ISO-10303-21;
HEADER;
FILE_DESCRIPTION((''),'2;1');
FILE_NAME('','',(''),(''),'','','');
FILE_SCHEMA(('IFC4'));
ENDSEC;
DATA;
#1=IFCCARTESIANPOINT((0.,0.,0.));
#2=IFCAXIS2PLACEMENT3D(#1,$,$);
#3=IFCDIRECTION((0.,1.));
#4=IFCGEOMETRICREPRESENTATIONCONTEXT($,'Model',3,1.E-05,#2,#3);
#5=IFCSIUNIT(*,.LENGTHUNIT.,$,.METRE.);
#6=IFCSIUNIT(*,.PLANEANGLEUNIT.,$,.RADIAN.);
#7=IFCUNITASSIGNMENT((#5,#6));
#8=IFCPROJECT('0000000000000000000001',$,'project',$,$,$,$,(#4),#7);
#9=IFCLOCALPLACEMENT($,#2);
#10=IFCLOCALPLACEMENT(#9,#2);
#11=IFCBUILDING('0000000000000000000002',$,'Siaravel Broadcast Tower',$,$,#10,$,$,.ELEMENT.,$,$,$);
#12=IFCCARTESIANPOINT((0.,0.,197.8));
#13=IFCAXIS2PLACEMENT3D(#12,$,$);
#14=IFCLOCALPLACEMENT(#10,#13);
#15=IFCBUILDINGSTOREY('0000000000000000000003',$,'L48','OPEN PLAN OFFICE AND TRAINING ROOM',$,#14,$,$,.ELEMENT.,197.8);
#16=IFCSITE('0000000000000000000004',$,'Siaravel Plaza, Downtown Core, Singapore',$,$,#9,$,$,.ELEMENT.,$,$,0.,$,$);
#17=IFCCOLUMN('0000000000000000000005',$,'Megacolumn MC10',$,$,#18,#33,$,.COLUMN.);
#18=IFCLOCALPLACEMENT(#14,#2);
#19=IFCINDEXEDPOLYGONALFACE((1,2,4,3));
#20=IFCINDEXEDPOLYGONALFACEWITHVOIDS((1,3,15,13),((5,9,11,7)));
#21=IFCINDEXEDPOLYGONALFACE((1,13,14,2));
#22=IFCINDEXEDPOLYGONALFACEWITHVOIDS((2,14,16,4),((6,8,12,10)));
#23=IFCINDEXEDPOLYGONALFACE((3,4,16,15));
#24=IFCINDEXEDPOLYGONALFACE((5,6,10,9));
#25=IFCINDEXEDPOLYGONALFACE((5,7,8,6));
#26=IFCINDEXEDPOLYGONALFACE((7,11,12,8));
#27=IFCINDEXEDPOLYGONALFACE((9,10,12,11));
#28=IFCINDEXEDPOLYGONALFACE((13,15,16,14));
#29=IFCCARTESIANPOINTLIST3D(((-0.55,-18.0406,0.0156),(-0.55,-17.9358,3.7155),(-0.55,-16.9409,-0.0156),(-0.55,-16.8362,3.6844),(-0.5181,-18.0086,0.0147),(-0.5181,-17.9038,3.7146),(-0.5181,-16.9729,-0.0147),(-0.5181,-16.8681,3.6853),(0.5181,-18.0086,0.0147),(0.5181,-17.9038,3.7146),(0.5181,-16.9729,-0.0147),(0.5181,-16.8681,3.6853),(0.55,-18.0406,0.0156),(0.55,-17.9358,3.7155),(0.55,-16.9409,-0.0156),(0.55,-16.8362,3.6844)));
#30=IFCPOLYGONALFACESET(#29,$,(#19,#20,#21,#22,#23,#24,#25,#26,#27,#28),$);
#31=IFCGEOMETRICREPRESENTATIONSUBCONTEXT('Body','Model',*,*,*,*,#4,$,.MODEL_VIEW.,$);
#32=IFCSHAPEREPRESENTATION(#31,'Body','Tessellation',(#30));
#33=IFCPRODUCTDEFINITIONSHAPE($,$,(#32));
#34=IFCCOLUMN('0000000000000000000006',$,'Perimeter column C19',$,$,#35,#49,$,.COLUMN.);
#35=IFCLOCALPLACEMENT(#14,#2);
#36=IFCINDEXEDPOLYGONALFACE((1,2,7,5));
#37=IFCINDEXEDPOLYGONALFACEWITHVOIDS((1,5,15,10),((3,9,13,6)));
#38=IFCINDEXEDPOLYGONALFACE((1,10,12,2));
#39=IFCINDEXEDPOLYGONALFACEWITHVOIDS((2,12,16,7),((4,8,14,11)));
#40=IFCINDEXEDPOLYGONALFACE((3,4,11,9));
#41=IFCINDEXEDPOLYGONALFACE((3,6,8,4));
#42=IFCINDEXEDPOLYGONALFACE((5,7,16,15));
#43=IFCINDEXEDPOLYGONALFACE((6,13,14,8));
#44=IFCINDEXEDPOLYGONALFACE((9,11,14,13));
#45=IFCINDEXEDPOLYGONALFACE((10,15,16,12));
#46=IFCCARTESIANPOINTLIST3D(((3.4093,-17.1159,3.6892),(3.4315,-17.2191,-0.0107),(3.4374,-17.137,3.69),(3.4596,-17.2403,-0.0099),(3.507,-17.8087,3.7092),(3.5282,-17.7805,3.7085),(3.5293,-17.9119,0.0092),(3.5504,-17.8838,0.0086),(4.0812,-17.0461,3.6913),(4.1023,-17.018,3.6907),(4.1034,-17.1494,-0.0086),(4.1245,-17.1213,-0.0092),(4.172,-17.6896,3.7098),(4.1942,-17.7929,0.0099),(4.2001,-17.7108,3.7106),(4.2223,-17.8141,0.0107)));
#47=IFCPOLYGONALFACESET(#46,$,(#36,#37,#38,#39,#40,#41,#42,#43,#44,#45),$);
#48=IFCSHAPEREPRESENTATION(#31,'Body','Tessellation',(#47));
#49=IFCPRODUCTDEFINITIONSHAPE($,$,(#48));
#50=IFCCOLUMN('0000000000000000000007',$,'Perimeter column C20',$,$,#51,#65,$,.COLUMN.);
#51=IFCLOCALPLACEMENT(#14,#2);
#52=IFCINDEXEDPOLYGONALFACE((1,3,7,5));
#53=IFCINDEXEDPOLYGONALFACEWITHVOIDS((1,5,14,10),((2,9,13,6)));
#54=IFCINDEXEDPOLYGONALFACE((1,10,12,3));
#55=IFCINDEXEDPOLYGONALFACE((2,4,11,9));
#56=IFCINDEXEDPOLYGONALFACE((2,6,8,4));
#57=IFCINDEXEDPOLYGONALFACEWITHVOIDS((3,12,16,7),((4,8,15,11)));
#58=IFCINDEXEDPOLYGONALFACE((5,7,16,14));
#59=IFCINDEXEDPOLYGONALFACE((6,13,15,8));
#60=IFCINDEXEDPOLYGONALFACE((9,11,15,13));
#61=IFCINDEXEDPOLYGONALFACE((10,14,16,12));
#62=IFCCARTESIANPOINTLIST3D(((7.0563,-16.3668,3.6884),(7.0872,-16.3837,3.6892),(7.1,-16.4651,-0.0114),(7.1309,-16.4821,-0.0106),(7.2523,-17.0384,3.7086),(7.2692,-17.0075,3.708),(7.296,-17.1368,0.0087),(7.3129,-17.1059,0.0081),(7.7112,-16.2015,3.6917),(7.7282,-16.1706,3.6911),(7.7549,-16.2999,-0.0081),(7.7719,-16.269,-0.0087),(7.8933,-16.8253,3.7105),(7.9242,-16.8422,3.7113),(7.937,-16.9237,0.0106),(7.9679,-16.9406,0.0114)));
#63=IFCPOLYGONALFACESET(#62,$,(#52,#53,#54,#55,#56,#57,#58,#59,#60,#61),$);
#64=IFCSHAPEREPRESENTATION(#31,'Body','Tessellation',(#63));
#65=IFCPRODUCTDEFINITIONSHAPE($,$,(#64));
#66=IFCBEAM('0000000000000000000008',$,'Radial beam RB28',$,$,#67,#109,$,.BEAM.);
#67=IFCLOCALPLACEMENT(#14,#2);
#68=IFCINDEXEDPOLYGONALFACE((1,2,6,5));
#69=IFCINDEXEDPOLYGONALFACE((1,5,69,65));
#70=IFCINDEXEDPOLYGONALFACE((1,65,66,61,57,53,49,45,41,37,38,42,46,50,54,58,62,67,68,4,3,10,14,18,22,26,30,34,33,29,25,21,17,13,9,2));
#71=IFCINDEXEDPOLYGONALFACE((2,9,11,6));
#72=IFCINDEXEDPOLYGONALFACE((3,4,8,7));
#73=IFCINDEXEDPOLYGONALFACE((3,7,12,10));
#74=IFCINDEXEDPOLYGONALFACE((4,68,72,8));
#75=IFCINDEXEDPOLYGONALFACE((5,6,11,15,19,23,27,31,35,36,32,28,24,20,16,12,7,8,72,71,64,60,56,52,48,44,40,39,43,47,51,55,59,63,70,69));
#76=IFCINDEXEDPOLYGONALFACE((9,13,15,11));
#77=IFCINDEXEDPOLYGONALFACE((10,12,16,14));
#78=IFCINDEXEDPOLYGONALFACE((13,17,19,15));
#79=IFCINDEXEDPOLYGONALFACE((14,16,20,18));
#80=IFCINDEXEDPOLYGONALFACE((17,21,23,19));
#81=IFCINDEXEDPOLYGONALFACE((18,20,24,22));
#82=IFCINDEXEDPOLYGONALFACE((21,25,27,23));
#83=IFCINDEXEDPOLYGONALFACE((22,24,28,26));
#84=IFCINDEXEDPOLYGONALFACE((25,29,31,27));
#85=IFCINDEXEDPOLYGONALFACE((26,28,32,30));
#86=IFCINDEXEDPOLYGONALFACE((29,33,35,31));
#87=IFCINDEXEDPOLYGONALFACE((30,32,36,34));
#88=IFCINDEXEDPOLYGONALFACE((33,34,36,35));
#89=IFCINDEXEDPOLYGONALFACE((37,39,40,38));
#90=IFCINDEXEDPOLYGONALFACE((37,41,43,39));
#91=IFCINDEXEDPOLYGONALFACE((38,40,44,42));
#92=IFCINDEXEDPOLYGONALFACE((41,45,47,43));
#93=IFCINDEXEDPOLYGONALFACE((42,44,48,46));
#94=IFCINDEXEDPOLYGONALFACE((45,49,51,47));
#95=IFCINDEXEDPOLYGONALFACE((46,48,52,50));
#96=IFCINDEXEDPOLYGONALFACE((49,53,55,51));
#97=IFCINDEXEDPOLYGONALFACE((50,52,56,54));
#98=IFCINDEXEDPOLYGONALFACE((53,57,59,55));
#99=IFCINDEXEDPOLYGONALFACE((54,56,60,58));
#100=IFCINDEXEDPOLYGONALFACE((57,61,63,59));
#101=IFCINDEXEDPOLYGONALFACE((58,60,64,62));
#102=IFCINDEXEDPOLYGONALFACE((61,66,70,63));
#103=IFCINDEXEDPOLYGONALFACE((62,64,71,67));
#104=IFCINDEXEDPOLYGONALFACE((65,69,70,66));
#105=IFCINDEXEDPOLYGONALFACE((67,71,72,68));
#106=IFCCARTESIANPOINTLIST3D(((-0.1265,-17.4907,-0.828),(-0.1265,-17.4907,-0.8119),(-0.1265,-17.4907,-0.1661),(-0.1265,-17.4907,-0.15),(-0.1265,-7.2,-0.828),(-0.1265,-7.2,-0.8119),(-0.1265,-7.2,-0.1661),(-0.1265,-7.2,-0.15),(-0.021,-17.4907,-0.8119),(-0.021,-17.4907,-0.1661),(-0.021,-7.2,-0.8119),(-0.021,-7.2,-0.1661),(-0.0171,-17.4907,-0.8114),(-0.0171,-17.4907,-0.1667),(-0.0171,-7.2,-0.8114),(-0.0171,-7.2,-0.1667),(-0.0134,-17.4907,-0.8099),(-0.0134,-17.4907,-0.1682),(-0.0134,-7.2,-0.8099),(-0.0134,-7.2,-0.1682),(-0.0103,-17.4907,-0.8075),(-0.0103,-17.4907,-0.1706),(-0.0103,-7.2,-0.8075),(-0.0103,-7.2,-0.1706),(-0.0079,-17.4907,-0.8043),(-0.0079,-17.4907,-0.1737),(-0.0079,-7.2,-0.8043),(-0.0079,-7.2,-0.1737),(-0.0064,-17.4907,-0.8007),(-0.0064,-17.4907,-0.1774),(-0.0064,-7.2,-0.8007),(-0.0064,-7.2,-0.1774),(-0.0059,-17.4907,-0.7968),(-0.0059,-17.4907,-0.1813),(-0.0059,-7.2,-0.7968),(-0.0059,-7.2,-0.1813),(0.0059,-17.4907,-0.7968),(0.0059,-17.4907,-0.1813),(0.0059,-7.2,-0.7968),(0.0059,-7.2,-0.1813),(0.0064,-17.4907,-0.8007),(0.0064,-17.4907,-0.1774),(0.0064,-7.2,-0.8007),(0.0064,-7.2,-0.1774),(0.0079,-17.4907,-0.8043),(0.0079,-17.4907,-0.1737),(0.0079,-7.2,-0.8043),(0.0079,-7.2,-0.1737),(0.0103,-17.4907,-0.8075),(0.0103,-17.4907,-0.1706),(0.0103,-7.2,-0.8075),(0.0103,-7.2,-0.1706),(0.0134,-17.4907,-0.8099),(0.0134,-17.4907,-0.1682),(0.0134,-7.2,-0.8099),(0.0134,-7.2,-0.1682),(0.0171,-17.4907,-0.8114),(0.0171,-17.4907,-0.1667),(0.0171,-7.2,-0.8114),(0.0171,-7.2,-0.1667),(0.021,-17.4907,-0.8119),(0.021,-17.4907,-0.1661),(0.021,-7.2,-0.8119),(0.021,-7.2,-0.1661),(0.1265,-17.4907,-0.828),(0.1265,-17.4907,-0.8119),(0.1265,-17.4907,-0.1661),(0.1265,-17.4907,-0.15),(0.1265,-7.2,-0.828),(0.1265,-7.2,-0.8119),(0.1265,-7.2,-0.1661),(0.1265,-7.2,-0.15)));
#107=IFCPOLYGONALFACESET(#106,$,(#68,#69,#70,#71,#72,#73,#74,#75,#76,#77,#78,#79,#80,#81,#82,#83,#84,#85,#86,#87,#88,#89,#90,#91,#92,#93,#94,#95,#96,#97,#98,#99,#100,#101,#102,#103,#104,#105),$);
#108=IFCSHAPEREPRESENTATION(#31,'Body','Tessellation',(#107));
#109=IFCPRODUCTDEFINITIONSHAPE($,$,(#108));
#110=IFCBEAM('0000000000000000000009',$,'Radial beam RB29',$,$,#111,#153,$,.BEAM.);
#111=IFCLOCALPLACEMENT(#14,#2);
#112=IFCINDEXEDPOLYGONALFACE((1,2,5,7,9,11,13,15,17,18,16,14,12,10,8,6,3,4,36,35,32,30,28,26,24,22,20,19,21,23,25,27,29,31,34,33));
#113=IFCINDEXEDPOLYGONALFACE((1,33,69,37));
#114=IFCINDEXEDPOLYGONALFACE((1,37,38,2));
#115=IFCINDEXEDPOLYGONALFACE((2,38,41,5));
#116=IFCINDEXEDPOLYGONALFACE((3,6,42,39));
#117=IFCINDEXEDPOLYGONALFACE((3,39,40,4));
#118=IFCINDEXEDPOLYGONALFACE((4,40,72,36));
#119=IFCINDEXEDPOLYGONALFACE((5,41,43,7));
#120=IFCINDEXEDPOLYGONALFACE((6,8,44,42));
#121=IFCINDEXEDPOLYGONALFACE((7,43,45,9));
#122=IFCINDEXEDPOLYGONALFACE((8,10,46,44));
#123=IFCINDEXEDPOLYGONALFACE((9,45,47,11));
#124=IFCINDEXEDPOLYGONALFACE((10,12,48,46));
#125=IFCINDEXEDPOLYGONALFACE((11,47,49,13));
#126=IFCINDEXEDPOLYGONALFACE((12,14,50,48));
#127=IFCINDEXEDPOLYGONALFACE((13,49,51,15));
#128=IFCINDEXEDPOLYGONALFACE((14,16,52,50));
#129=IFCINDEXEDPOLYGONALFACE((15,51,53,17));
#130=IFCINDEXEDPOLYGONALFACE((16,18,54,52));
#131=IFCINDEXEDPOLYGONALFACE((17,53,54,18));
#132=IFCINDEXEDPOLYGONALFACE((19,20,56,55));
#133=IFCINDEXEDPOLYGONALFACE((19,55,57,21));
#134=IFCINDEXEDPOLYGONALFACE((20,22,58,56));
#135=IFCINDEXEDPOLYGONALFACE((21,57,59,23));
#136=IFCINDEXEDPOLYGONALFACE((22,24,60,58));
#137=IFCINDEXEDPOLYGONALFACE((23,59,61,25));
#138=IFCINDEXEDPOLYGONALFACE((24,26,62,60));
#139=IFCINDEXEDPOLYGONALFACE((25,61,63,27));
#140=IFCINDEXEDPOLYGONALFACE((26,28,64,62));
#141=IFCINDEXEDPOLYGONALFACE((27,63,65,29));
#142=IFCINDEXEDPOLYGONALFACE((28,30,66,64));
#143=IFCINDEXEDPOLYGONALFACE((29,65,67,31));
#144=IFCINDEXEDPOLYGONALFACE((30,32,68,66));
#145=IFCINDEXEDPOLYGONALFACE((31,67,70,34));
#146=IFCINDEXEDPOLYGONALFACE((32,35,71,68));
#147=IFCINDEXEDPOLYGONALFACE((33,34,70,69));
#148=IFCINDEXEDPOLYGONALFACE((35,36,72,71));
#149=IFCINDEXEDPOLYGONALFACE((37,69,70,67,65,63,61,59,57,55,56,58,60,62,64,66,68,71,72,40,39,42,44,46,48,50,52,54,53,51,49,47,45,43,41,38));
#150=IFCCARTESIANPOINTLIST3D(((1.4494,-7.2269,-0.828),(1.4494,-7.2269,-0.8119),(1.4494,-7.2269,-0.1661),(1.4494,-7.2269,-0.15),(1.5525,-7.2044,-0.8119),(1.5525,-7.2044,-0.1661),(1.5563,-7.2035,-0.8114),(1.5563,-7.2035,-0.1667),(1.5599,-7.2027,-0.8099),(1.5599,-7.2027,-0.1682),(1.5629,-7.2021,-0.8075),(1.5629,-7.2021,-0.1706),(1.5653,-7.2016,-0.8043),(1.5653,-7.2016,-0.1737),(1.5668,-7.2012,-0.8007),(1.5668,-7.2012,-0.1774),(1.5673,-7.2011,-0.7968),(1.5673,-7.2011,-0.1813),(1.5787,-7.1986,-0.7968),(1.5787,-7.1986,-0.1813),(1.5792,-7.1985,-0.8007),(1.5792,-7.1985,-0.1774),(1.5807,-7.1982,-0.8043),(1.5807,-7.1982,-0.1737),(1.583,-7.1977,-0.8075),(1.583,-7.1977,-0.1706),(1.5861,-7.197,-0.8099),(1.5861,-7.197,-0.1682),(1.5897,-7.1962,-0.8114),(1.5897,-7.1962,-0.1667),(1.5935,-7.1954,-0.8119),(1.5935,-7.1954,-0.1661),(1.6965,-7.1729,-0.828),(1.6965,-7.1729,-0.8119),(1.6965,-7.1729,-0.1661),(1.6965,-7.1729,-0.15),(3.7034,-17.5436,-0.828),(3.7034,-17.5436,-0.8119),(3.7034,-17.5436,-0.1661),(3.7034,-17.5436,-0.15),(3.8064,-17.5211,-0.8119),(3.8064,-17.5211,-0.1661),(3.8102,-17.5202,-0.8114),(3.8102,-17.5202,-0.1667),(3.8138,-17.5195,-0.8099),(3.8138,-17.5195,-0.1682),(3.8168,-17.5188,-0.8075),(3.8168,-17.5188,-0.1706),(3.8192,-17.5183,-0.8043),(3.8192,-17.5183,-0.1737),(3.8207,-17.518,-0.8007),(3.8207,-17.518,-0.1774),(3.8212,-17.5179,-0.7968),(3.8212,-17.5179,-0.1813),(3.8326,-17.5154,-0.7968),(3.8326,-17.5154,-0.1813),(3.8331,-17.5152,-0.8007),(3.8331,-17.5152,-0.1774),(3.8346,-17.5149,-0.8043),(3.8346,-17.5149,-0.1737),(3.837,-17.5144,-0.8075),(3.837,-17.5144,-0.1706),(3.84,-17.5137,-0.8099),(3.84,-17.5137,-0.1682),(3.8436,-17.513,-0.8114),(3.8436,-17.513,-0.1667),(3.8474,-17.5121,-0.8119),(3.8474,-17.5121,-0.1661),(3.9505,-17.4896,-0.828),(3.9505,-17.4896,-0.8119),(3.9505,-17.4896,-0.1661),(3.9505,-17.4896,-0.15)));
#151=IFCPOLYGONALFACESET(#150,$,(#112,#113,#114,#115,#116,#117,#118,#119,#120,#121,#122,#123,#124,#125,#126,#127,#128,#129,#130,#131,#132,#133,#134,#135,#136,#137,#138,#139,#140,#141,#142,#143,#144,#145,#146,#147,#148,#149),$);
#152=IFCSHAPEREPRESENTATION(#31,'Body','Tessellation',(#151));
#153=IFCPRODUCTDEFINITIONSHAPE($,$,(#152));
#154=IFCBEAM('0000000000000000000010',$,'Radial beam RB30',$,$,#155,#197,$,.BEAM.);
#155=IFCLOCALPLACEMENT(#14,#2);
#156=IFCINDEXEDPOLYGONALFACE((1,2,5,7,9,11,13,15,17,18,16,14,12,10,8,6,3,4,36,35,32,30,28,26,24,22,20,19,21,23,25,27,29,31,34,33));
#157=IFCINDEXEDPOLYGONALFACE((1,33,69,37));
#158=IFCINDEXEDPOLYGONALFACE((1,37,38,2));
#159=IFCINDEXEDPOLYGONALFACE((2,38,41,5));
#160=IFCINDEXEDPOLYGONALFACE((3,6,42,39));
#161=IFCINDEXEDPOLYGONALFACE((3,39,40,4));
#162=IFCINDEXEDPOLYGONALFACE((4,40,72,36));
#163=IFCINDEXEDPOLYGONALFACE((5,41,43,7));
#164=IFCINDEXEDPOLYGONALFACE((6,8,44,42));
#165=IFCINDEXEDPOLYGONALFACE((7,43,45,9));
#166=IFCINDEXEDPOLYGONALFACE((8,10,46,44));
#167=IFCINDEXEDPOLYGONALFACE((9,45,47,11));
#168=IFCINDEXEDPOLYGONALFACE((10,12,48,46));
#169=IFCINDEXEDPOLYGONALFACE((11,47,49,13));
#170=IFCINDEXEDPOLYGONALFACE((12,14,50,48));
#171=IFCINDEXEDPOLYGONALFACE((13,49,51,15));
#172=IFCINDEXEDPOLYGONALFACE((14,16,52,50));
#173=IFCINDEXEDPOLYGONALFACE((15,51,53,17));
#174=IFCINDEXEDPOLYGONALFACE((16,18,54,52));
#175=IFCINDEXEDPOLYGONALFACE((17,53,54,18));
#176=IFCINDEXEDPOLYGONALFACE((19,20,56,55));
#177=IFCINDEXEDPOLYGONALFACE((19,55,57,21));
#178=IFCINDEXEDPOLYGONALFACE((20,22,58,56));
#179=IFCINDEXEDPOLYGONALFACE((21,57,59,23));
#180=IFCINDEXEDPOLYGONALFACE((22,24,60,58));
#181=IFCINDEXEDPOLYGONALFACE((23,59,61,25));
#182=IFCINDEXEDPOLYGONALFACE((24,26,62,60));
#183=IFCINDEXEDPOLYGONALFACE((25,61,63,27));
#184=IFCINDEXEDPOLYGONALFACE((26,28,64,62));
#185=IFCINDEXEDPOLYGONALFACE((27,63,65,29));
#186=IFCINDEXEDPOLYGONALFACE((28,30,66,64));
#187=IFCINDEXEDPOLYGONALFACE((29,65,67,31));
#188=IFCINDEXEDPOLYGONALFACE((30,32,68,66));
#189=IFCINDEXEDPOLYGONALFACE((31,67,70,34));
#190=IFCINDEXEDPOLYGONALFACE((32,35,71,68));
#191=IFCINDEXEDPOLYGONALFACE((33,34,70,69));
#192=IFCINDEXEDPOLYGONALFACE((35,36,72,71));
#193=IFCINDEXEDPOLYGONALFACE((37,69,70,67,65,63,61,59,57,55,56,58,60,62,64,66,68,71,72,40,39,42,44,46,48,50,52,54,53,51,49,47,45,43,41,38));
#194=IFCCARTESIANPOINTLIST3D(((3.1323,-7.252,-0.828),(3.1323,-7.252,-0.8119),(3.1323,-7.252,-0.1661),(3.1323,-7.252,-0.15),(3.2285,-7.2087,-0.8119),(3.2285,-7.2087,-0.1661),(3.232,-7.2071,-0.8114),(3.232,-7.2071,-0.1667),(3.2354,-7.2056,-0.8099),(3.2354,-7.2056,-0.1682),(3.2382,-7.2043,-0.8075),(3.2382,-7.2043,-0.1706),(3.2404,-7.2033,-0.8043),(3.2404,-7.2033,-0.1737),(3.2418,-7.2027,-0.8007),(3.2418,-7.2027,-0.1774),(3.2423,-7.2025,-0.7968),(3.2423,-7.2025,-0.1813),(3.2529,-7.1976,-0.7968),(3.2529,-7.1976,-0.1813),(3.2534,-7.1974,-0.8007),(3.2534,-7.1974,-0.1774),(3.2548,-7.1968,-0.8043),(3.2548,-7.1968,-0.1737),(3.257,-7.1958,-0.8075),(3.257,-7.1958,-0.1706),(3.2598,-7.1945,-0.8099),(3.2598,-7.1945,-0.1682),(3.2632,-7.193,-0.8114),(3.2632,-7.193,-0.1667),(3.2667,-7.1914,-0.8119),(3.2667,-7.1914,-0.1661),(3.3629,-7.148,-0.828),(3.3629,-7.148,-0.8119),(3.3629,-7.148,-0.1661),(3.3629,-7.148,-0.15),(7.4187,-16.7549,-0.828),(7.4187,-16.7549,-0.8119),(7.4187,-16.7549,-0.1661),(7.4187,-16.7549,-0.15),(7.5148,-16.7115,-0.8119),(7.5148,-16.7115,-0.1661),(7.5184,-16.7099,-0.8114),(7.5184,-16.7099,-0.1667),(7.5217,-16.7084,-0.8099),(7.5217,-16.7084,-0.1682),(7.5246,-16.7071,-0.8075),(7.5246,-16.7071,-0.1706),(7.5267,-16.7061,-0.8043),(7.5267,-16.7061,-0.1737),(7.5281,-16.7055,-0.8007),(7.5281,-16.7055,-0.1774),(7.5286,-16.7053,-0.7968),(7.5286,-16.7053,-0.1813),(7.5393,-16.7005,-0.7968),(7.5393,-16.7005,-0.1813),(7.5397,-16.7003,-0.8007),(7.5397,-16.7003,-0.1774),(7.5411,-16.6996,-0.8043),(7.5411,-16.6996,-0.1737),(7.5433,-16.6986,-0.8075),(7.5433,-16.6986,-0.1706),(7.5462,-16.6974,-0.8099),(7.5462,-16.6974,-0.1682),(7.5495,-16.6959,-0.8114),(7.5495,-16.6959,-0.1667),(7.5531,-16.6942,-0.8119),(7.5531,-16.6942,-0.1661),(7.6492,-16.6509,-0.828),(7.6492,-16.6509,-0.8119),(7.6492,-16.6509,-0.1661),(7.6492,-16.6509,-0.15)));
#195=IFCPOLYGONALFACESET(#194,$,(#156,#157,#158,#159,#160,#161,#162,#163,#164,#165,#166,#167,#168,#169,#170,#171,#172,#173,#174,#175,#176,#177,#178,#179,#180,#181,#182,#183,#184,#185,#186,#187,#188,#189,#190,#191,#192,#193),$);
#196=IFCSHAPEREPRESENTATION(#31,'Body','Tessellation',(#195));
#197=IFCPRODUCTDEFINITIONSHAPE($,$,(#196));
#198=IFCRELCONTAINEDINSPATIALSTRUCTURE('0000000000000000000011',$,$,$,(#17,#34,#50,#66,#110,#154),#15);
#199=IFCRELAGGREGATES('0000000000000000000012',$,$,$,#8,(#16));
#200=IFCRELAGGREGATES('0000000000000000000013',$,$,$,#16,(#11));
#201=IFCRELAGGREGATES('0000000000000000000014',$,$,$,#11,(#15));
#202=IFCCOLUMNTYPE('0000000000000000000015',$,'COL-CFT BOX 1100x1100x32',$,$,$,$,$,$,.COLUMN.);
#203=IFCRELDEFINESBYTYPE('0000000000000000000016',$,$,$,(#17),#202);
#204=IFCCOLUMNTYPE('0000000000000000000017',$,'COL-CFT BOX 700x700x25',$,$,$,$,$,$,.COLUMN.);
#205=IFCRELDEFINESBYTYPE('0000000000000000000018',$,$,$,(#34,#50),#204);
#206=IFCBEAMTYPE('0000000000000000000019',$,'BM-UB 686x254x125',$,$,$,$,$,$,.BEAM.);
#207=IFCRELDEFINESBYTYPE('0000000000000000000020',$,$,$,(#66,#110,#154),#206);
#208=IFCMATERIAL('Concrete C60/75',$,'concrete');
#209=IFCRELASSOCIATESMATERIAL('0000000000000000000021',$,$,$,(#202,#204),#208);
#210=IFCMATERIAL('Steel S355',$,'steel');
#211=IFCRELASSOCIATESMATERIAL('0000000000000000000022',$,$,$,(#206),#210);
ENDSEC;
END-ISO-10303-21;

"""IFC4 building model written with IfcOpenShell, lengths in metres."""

from ifc_helpers import new_model, si_unit, direction, frame, origin, origin_2d, place, context, subcontext, project, spatial, hollow_rectangle, i_section, extrude, material, material_profile, profile_set, type_object, element, save


model = new_model("IFC4")

# Units and contexts
model_context = context("Model", 3, precision=1e-05, world=origin(), true_north=direction((0.0, 1.0)))
body_context = subcontext(model_context, "Body", "Model", "MODEL_VIEW")
ifc_project = project(units=[si_unit("LENGTHUNIT", "METRE"), si_unit("PLANEANGLEUNIT", "RADIAN")], contexts=[model_context])

# Site, building, storey
site_placement = place(None, origin())
site = spatial("IfcSite", under=ifc_project, at=site_placement, Name="Siaravel Plaza, Downtown Core, Singapore", CompositionType="ELEMENT", RefElevation=0.0)
building_placement = place(site_placement, origin())
building = spatial("IfcBuilding", under=site, at=building_placement, Name="Siaravel Broadcast Tower", CompositionType="ELEMENT")
storey_placement = place(building_placement, frame((0.0, 0.0, 197.8)))
storey = spatial("IfcBuildingStorey", under=building, at=storey_placement, Name="L48", Description="OPEN PLAN OFFICE AND TRAINING ROOM", CompositionType="ELEMENT", Elevation=197.8)

# Columns
ifc_material_1 = material(Name="Concrete C60/75", Category="concrete")
ifc_material_profile_1 = material_profile(ifc_material_1, hollow_rectangle(XDim=1.1001, YDim=1.1001, WallThickness=0.032, at=origin_2d()))
ifc_profile_set_1 = profile_set([ifc_material_profile_1], Name="Concrete C60/75")
column_type_1 = type_object("IfcColumnType", Name="COL-CFT BOX 1100x1100x32", PredefinedType="COLUMN", material=ifc_profile_set_1)
column_placement = place(storey_placement, frame((0.0, -17.4907, 0.0), z_axis=(0.0, 0.028296, 0.9996), x_axis=(-1.0, 0.0, 0.0)))
element("IfcColumn", 1, at=column_placement, inside=storey, type_object=column_type_1, Name="Megacolumn MC10", PredefinedType="COLUMN", context=body_context, shape_type="SweptSolid", body=[
    extrude(hollow_rectangle(XDim=1.1001, YDim=1.1001, WallThickness=0.032, at=origin_2d()), origin(), (0.0, 0.0, 1.0), 3.7014),
])
ifc_material_profile_2 = material_profile(ifc_material_1, hollow_rectangle(XDim=0.7, YDim=0.7, WallThickness=0.0249, at=origin_2d()))
ifc_profile_set_2 = profile_set([ifc_material_profile_2], Name="Concrete C60/75")
column_type_2 = type_object("IfcColumnType", Name="COL-CFT BOX 700x700x25", PredefinedType="COLUMN", material=ifc_profile_set_2)
for number, where, z_axis, x_axis, name in (
    (2, (3.8269, -17.5166, 0.0), (-0.006002, 0.0279, 0.999593), (-0.990174, -0.139824, -0.002043), "Perimeter column C19"),
    (3, (7.5339, -16.7029, 0.0), (-0.011806, 0.026581, 0.999577), (-0.959918, -0.280254, -0.003885), "Perimeter column C20"),
):
    element("IfcColumn", number, at=place(storey_placement, frame(where, z_axis=z_axis, x_axis=x_axis)), inside=storey, type_object=column_type_2, Name=name, PredefinedType="COLUMN", context=body_context, shape_type="SweptSolid", body=[
        extrude(hollow_rectangle(XDim=0.7, YDim=0.7, WallThickness=0.0249, at=origin_2d()), origin(), (0.0, 0.0, 1.0), 3.7014),
    ])

# Beams
ifc_material_2 = material(Name="Steel S355", Category="steel")
ifc_material_profile_3 = material_profile(ifc_material_2, i_section(OverallWidth=0.2529, OverallDepth=0.678, WebThickness=0.0117, FlangeThickness=0.0161, FilletRadius=0.0151, at=origin_2d()))
ifc_profile_set_3 = profile_set([ifc_material_profile_3], Name="Steel S355")
beam_type = type_object("IfcBeamType", Name="BM-UB 686x254x125", PredefinedType="BEAM", material=ifc_profile_set_3)
beam_1_placement = place(storey_placement, frame((0.0, -17.4907, -0.489), z_axis=(0.0, 1.0, 0.0), x_axis=(-1.0, 0.0, 0.0)))
element("IfcBeam", 4, at=beam_1_placement, inside=storey, type_object=beam_type, Name="Radial beam RB28", PredefinedType="BEAM", context=body_context, shape_type="SweptSolid", body=[
    extrude(i_section(OverallWidth=0.2529, OverallDepth=0.678, WebThickness=0.0117, FlangeThickness=0.0161, FilletRadius=0.0151, at=origin_2d()), origin(), (0.0, 0.0, 1.0), 10.2908),
])
beam_2_placement = place(storey_placement, frame((3.8269, -17.5166, -0.489), z_axis=(-0.213438, 0.976957, 0.0), x_axis=(-0.976957, -0.213438, 0.0)))
element("IfcBeam", 5, at=beam_2_placement, inside=storey, type_object=beam_type, Name="Radial beam RB29", PredefinedType="BEAM", context=body_context, shape_type="SweptSolid", body=[
    extrude(i_section(OverallWidth=0.2529, OverallDepth=0.678, WebThickness=0.0117, FlangeThickness=0.0161, FilletRadius=0.0151, at=origin_2d()), origin(), (0.0, 0.0, 1.0), 10.5601),
])
beam_3_placement = place(storey_placement, frame((7.5339, -16.7029, -0.489), z_axis=(-0.411167, 0.91156, 0.0), x_axis=(-0.91156, -0.411167, 0.0)))
element("IfcBeam", 6, at=beam_3_placement, inside=storey, type_object=beam_type, Name="Radial beam RB30", PredefinedType="BEAM", context=body_context, shape_type="SweptSolid", body=[
    extrude(i_section(OverallWidth=0.2529, OverallDepth=0.678, WebThickness=0.0117, FlangeThickness=0.0161, FilletRadius=0.0151, at=origin_2d()), origin(), (0.0, 0.0, 1.0), 10.4248),
])

save(model, "model.ifc")
